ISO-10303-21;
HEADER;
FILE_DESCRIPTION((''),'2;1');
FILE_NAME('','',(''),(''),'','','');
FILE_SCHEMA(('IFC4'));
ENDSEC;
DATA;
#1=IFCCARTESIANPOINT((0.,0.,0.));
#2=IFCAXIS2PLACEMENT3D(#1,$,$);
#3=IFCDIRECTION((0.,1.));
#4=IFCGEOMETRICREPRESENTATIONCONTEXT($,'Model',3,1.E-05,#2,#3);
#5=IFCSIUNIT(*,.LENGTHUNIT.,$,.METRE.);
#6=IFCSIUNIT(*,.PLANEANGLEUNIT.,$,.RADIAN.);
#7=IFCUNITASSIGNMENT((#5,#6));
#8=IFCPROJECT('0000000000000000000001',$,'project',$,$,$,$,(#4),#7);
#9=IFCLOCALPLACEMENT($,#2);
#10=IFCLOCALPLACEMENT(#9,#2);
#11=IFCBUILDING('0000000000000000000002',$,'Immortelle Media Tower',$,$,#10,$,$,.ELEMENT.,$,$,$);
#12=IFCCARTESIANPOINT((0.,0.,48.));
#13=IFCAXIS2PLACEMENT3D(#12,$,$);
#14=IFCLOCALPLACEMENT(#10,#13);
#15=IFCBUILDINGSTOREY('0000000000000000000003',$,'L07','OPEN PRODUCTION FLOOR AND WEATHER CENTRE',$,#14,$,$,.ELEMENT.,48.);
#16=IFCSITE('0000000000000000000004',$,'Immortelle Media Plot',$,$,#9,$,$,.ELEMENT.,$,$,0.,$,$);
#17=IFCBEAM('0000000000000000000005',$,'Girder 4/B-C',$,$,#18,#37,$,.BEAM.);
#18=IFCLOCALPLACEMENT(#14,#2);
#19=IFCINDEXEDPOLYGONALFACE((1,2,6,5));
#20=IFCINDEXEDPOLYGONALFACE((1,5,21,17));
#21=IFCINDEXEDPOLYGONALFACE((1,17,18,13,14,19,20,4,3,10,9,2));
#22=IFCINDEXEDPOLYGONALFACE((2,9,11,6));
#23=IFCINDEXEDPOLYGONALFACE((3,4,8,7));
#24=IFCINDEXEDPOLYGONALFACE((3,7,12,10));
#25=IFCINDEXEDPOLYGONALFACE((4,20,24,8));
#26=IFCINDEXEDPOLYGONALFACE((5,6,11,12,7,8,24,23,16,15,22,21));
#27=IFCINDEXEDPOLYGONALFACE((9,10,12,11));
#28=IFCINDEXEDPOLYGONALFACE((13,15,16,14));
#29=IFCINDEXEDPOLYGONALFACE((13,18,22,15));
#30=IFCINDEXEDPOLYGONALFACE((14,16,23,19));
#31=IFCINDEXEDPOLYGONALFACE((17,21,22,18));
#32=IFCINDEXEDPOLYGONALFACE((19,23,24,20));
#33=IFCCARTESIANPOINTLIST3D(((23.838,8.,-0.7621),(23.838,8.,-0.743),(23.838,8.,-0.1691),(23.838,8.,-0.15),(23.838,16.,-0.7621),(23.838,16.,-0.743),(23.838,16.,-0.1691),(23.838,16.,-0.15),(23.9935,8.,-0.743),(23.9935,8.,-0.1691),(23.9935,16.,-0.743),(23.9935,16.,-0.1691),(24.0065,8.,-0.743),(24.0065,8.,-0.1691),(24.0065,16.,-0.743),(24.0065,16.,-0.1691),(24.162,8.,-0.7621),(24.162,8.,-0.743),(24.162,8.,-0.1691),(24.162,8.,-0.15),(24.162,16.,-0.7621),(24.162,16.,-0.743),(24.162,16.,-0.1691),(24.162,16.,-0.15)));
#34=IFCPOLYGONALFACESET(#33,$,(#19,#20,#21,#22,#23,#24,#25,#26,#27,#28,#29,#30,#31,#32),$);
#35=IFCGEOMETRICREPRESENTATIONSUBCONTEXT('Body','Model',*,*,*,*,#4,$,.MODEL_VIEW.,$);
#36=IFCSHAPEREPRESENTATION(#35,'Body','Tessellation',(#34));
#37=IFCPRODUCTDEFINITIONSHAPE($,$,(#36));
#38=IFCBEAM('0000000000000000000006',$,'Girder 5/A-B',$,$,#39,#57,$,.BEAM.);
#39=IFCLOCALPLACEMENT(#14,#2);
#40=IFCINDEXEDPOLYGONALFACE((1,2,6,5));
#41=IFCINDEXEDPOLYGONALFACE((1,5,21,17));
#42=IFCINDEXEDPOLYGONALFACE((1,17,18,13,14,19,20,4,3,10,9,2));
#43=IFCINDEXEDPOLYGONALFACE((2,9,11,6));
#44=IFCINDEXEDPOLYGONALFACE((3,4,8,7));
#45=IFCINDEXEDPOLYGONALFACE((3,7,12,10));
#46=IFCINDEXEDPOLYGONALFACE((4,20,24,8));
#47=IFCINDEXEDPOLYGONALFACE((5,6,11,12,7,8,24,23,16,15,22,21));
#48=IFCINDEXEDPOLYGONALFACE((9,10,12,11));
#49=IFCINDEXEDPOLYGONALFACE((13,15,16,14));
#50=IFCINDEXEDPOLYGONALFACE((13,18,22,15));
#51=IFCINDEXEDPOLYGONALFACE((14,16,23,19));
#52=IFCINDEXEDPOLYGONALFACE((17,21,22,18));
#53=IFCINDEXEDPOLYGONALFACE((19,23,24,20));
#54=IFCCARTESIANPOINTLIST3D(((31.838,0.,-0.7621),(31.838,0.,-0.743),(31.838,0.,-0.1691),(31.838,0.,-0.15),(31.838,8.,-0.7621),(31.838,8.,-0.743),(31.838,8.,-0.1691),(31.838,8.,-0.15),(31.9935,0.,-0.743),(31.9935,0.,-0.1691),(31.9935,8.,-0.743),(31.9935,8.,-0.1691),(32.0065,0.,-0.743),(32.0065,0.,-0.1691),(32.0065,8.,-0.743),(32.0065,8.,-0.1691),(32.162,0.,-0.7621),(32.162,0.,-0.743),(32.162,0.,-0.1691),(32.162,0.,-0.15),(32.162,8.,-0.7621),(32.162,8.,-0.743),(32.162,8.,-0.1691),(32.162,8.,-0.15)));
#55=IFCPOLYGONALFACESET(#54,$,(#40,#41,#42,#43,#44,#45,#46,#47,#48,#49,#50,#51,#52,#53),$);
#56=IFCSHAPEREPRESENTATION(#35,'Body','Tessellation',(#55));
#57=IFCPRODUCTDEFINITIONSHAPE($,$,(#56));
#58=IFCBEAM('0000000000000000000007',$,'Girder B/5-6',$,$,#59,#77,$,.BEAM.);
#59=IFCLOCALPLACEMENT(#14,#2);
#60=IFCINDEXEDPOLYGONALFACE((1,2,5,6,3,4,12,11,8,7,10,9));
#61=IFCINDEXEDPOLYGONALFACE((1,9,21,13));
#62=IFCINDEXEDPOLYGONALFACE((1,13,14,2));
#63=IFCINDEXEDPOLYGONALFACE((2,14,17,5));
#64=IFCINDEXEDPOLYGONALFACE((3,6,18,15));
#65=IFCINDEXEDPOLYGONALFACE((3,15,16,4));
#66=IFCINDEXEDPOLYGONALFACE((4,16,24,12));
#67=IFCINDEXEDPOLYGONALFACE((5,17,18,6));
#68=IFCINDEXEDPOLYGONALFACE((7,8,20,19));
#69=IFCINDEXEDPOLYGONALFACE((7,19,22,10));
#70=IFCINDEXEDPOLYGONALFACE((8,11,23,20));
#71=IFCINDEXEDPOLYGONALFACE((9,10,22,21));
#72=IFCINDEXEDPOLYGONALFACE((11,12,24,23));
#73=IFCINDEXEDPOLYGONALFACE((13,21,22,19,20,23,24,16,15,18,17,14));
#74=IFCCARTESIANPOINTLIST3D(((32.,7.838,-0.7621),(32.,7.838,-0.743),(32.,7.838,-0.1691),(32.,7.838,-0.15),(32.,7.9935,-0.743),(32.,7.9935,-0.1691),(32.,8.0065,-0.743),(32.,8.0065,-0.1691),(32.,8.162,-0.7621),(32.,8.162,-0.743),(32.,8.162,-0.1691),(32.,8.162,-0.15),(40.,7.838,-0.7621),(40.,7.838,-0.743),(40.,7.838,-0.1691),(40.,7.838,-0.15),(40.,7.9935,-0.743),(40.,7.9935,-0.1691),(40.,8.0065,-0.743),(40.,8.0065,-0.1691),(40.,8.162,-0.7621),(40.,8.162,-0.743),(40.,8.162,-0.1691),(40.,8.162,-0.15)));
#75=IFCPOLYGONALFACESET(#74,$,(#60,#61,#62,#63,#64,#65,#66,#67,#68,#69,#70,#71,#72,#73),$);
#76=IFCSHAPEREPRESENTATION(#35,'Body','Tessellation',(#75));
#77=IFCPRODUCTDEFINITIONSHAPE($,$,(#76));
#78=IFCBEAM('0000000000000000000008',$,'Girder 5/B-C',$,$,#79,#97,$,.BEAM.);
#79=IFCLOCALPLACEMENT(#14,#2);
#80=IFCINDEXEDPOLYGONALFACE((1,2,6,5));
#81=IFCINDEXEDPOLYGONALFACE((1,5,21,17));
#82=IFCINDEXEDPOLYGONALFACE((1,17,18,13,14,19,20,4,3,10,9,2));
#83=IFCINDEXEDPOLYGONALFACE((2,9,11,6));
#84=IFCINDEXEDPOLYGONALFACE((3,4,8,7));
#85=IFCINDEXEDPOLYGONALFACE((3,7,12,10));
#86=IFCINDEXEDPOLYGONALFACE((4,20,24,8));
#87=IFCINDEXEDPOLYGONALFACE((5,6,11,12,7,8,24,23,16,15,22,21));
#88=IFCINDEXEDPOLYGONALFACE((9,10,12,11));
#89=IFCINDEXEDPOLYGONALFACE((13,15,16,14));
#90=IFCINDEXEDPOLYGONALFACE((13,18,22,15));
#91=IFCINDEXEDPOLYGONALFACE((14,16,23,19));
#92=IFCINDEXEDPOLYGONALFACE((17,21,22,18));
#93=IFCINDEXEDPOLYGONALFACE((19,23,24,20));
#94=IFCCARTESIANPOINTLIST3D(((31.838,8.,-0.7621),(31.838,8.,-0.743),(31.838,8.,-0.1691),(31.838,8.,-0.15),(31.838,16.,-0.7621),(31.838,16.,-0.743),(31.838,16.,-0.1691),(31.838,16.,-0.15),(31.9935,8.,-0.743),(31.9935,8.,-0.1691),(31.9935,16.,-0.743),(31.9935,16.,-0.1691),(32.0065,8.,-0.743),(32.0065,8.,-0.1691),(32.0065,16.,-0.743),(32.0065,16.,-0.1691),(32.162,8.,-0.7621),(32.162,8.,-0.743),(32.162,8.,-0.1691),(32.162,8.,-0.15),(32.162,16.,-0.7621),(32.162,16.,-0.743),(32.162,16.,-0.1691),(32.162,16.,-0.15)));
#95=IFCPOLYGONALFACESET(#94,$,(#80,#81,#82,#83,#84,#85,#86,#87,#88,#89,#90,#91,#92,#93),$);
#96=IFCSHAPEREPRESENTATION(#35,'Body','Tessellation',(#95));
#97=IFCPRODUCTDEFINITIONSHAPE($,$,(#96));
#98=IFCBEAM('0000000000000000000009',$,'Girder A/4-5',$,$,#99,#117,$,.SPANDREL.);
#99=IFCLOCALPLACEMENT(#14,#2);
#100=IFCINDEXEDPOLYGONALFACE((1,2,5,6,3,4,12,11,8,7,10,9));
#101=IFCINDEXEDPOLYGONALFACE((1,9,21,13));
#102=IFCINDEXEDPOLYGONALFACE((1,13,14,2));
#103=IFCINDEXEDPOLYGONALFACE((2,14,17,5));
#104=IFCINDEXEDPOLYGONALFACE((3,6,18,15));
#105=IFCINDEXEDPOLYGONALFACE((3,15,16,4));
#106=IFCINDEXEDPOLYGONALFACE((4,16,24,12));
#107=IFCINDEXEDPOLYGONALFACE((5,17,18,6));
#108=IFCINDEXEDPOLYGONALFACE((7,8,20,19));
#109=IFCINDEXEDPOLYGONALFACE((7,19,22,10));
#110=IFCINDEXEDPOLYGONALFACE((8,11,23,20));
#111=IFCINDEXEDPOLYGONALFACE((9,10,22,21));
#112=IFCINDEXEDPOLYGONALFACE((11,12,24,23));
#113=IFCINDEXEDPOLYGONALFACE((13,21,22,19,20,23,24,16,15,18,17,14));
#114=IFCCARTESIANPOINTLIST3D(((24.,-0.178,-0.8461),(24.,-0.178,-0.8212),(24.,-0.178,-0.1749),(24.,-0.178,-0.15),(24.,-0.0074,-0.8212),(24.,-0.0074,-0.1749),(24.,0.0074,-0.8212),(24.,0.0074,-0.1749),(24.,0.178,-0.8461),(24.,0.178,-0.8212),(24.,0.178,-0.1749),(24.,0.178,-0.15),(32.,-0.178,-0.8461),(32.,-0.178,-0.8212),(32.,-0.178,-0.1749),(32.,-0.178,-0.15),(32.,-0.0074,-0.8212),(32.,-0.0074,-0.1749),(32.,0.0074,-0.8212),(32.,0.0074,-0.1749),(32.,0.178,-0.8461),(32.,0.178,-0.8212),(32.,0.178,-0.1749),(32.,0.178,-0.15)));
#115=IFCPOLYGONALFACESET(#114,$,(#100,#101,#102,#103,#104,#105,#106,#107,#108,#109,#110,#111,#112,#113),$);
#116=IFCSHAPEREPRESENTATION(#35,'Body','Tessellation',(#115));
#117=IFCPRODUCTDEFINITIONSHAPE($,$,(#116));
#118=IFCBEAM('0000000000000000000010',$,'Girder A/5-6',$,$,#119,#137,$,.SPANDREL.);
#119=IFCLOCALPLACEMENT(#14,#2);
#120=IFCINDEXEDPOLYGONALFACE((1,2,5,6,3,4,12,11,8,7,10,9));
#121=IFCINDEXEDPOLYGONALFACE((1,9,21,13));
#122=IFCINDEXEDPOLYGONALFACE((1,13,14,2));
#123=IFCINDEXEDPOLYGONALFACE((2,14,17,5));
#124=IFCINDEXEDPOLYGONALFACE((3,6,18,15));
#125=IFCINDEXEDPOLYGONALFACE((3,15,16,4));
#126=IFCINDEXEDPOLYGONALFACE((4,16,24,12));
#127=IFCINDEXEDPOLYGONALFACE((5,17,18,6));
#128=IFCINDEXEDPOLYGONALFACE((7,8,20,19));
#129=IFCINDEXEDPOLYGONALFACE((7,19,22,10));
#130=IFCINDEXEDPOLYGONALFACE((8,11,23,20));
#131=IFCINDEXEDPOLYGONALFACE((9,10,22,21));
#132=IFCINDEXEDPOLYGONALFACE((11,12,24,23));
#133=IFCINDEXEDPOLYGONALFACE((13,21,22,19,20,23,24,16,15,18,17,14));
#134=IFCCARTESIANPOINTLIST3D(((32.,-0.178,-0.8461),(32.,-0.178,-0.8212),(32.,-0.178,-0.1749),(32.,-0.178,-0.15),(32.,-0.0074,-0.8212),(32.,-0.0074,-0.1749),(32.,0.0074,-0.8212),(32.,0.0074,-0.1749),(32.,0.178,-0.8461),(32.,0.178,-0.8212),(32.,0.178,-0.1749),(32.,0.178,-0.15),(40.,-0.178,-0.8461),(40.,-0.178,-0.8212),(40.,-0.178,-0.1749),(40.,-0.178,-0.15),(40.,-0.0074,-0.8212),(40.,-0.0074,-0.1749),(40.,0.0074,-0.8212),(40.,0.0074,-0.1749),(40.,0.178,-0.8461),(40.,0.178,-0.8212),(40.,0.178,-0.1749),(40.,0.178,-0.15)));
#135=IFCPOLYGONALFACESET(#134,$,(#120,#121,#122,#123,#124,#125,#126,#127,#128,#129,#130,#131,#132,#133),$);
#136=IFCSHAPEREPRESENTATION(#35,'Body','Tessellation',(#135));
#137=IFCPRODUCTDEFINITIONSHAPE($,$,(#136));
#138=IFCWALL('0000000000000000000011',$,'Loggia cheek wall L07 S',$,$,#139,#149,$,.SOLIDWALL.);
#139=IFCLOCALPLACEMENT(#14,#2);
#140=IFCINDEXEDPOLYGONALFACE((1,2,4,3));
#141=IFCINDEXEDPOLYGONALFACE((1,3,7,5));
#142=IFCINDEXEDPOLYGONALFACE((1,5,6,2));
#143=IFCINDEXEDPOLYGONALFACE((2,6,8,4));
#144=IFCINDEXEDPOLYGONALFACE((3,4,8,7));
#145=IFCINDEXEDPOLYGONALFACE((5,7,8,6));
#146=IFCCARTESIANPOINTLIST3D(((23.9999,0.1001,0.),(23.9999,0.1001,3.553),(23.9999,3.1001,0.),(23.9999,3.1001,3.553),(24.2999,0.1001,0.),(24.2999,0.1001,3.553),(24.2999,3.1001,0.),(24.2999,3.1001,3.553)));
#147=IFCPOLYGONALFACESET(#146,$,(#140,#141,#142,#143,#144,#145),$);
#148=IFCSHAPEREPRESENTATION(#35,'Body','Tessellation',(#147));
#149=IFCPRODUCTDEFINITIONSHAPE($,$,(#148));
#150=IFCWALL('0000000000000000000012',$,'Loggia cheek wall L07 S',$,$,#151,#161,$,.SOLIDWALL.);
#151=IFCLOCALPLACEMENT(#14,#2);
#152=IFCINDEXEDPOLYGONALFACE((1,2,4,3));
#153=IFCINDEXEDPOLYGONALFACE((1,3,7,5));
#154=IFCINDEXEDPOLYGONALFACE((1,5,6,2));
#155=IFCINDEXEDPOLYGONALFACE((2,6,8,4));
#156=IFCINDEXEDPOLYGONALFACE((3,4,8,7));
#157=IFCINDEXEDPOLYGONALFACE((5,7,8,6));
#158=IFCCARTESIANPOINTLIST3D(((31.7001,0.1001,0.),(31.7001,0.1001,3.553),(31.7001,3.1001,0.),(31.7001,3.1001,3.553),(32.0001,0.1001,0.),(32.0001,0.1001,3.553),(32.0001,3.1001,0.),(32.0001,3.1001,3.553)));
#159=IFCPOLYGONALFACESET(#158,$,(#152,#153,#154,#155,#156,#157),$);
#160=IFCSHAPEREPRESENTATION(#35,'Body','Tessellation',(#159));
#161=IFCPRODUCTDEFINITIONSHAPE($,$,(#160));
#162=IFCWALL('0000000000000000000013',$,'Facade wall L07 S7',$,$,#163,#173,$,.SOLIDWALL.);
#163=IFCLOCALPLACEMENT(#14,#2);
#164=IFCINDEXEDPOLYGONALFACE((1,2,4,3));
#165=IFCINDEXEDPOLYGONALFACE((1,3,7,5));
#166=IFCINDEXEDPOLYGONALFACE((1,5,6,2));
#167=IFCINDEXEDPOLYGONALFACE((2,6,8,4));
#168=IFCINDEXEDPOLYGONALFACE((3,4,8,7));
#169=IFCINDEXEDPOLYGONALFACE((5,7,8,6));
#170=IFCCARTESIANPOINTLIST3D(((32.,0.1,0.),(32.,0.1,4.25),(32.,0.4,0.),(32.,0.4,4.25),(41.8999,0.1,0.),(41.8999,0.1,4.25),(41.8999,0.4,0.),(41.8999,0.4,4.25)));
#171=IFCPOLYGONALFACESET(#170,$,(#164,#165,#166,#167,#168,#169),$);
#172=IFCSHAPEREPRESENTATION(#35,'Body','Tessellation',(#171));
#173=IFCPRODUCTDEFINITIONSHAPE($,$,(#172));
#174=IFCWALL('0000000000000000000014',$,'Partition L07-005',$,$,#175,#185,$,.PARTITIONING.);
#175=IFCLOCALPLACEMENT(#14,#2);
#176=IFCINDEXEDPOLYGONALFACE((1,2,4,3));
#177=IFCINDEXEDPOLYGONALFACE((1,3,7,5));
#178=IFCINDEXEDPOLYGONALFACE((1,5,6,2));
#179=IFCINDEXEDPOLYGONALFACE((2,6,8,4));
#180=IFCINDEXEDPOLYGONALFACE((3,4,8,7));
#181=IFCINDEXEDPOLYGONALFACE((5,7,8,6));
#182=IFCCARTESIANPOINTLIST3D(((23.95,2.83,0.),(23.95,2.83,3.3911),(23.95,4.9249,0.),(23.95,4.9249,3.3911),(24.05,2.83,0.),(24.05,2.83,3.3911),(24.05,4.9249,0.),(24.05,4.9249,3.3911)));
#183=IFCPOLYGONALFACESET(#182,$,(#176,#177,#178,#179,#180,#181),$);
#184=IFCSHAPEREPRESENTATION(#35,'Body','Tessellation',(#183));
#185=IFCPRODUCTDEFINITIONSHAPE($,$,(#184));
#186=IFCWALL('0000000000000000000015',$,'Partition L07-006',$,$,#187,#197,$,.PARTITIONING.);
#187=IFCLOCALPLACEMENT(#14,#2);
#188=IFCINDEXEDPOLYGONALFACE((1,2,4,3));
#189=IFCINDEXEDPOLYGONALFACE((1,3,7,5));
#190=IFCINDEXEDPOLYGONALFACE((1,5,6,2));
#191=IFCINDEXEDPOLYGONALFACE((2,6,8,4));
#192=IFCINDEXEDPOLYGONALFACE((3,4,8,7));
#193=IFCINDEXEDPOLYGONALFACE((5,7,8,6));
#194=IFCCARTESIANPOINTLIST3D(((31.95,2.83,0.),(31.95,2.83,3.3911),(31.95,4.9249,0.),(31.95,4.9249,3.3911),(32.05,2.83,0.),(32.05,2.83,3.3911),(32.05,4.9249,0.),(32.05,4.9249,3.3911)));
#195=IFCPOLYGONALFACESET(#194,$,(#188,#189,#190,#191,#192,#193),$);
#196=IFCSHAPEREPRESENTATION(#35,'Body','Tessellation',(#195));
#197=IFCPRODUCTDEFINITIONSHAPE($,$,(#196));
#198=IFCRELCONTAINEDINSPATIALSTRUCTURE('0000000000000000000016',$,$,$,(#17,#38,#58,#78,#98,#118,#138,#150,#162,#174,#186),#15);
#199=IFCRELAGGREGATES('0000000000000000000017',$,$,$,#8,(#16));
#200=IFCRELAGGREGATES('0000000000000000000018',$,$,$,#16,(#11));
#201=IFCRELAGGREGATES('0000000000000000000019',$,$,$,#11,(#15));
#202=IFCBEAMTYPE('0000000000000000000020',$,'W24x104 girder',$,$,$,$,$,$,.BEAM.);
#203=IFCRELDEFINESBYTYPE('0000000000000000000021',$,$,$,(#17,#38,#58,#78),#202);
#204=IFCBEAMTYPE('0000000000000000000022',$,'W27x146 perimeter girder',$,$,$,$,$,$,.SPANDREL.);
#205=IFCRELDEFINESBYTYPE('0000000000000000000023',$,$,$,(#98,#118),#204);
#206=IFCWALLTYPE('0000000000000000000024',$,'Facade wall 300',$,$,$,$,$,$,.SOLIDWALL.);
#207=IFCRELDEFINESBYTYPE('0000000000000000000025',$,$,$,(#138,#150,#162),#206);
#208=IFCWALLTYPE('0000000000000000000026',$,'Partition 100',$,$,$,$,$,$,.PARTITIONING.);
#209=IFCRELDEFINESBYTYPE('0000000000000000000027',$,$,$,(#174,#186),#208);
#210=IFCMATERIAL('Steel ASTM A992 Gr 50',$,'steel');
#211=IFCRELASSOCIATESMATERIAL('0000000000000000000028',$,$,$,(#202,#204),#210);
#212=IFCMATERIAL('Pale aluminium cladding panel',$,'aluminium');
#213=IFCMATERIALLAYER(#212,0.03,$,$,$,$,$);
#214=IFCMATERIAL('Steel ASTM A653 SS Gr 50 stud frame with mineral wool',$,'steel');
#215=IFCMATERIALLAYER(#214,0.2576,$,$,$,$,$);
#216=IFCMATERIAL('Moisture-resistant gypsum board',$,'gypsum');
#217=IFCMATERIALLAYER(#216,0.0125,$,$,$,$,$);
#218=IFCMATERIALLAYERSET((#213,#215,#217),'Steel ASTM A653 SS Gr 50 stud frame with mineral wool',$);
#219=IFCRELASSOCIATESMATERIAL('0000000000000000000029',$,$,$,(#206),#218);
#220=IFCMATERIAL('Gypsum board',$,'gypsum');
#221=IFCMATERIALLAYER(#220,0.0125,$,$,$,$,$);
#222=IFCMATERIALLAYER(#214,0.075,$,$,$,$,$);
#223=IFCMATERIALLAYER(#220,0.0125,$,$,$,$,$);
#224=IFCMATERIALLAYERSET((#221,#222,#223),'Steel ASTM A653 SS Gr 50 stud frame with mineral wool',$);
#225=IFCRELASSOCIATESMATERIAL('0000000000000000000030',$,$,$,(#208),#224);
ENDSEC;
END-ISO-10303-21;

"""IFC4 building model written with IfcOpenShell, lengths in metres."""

from ifc_helpers import new_model, si_unit, direction, frame, frame_2d, origin, origin_2d, place, context, subcontext, project, spatial, rectangle, i_section, extrude, material, layer, layer_set, material_profile, profile_set, type_object, element, save


model = new_model("IFC4")

# Units and contexts
model_context = context("Model", 3, precision=1e-05, world=origin(), true_north=direction((0.0, 1.0)))
body_context = subcontext(model_context, "Body", "Model", "MODEL_VIEW")
ifc_project = project(units=[si_unit("LENGTHUNIT", "METRE"), si_unit("PLANEANGLEUNIT", "RADIAN")], contexts=[model_context])

# Site, building, storey
site_placement = place(None, origin())
site = spatial("IfcSite", under=ifc_project, at=site_placement, Name="Immortelle Media Plot", CompositionType="ELEMENT", RefElevation=0.0)
building_placement = place(site_placement, origin())
building = spatial("IfcBuilding", under=site, at=building_placement, Name="Immortelle Media Tower", CompositionType="ELEMENT")
storey_placement = place(building_placement, frame((0.0, 0.0, 48.0)))
storey = spatial("IfcBuildingStorey", under=building, at=storey_placement, Name="L07", Description="OPEN PRODUCTION FLOOR AND WEATHER CENTRE", CompositionType="ELEMENT", Elevation=48.0)

# Shared definitions
ifc_material_1 = material(Name="Steel ASTM A992 Gr 50", Category="steel")

# Beams
ifc_material_profile_1 = material_profile(ifc_material_1, i_section(OverallWidth=0.324, OverallDepth=0.6121, WebThickness=0.0129, FlangeThickness=0.019, at=origin_2d()), Name="W24x104")
ifc_profile_set_1 = profile_set([ifc_material_profile_1], Name="Steel ASTM A992 Gr 50")
beam_type_1 = type_object("IfcBeamType", Name="W24x104 girder", PredefinedType="BEAM", material=ifc_profile_set_1)
for number, where, z_axis, x_axis, name in (
    (1, (24.0, 8.0, -0.4561), (0.0, 1.0, 0.0), (-1.0, 0.0, 0.0), "Girder 4/B-C"),
    (2, (32.0, 0.0, -0.4561), (0.0, 1.0, 0.0), (-1.0, 0.0, 0.0), "Girder 5/A-B"),
    (3, (32.0, 8.0, -0.4561), (1.0, 0.0, 0.0), (0.0, 1.0, 0.0), "Girder B/5-6"),
    (4, (32.0, 8.0, -0.4561), (0.0, 1.0, 0.0), (-1.0, 0.0, 0.0), "Girder 5/B-C"),
):
    element("IfcBeam", number, at=place(storey_placement, frame(where, z_axis=z_axis, x_axis=x_axis)), inside=storey, type_object=beam_type_1, Name=name, PredefinedType="BEAM", context=body_context, shape_type="SweptSolid", body=[
        extrude(i_section(OverallWidth=0.324, OverallDepth=0.6121, WebThickness=0.0129, FlangeThickness=0.019, at=origin_2d()), origin(), (0.0, 0.0, 1.0), 8.0),
    ])
ifc_material_profile_2 = material_profile(ifc_material_1, i_section(OverallWidth=0.356, OverallDepth=0.696, WebThickness=0.0149, FlangeThickness=0.0249, at=origin_2d()), Name="W27x146")
ifc_profile_set_2 = profile_set([ifc_material_profile_2], Name="Steel ASTM A992 Gr 50")
beam_type_2 = type_object("IfcBeamType", Name="W27x146 perimeter girder", PredefinedType="SPANDREL", material=ifc_profile_set_2)
for number, where, z_axis, x_axis, name in (
    (5, (24.0, 0.0, -0.498), (1.0, 0.0, 0.0), (0.0, 1.0, 0.0), "Girder A/4-5"),
    (6, (32.0, 0.0, -0.498), (1.0, 0.0, 0.0), (0.0, 1.0, 0.0), "Girder A/5-6"),
):
    element("IfcBeam", number, at=place(storey_placement, frame(where, z_axis=z_axis, x_axis=x_axis)), inside=storey, type_object=beam_type_2, Name=name, PredefinedType="SPANDREL", context=body_context, shape_type="SweptSolid", body=[
        extrude(i_section(OverallWidth=0.356, OverallDepth=0.696, WebThickness=0.0149, FlangeThickness=0.0249, at=origin_2d()), origin(), (0.0, 0.0, 1.0), 8.0),
    ])

# Shared definitions
ifc_material_2 = material(Name="Pale aluminium cladding panel", Category="aluminium")
ifc_layer_1 = layer(ifc_material_2, 0.03)
ifc_material_3 = material(Name="Steel ASTM A653 SS Gr 50 stud frame with mineral wool", Category="steel")
ifc_layer_2 = layer(ifc_material_3, 0.2576)
ifc_material_4 = material(Name="Moisture-resistant gypsum board", Category="gypsum")
ifc_layer_3 = layer(ifc_material_4, 0.0125)
ifc_layer_set_1 = layer_set([ifc_layer_1, ifc_layer_2, ifc_layer_3], Name="Steel ASTM A653 SS Gr 50 stud frame with mineral wool")
wall_type_1 = type_object("IfcWallType", Name="Facade wall 300", PredefinedType="SOLIDWALL", material=ifc_layer_set_1)

# Walls
for number, where, z_axis, x_axis, name in (
    (7, (24.1499, 0.1001, 0.0), (0.0, 0.0, 1.0), (0.0, 1.0, 0.0), "Loggia cheek wall L07 S"),
    (8, (31.8501, 0.1001, 0.0), (0.0, 0.0, 1.0), (0.0, 1.0, 0.0), "Loggia cheek wall L07 S"),
):
    element("IfcWall", number, at=place(storey_placement, frame(where, z_axis=z_axis, x_axis=x_axis)), inside=storey, type_object=wall_type_1, Name=name, PredefinedType="SOLIDWALL", context=body_context, shape_type="SweptSolid", body=[
        extrude(rectangle(XDim=3.0, YDim=0.3, at=frame_2d((1.5, 0.0))), origin(), (0.0, 0.0, 1.0), 3.553),
    ])
wall_1_placement = place(storey_placement, frame((32.0, 0.25, 0.0), z_axis=(0.0, 0.0, 1.0), x_axis=(1.0, 0.0, 0.0)))
element("IfcWall", 9, at=wall_1_placement, inside=storey, type_object=wall_type_1, Name="Facade wall L07 S7", PredefinedType="SOLIDWALL", context=body_context, shape_type="SweptSolid", body=[
    extrude(rectangle(XDim=9.8999, YDim=0.3, at=frame_2d((4.95, 0.0))), origin(), (0.0, 0.0, 1.0), 4.25),
])
ifc_material_5 = material(Name="Gypsum board", Category="gypsum")
ifc_layer_4 = layer(ifc_material_5, 0.0125)
ifc_layer_5 = layer(ifc_material_3, 0.075)
ifc_layer_6 = layer(ifc_material_5, 0.0125)
ifc_layer_set_2 = layer_set([ifc_layer_4, ifc_layer_5, ifc_layer_6], Name="Steel ASTM A653 SS Gr 50 stud frame with mineral wool")
wall_type_2 = type_object("IfcWallType", Name="Partition 100", PredefinedType="PARTITIONING", material=ifc_layer_set_2)
for number, where, z_axis, x_axis, name in (
    (10, (24.0, 2.8301, 0.0), (0.0, 0.0, 1.0), (0.0, 1.0, 0.0), "Partition L07-005"),
    (11, (32.0, 2.8301, 0.0), (0.0, 0.0, 1.0), (0.0, 1.0, 0.0), "Partition L07-006"),
):
    element("IfcWall", number, at=place(storey_placement, frame(where, z_axis=z_axis, x_axis=x_axis)), inside=storey, type_object=wall_type_2, Name=name, PredefinedType="PARTITIONING", context=body_context, shape_type="SweptSolid", body=[
        extrude(rectangle(XDim=2.095, YDim=0.1001, at=frame_2d((1.0474, 0.0))), origin(), (0.0, 0.0, 1.0), 3.3911),
    ])

save(model, "model.ifc")
